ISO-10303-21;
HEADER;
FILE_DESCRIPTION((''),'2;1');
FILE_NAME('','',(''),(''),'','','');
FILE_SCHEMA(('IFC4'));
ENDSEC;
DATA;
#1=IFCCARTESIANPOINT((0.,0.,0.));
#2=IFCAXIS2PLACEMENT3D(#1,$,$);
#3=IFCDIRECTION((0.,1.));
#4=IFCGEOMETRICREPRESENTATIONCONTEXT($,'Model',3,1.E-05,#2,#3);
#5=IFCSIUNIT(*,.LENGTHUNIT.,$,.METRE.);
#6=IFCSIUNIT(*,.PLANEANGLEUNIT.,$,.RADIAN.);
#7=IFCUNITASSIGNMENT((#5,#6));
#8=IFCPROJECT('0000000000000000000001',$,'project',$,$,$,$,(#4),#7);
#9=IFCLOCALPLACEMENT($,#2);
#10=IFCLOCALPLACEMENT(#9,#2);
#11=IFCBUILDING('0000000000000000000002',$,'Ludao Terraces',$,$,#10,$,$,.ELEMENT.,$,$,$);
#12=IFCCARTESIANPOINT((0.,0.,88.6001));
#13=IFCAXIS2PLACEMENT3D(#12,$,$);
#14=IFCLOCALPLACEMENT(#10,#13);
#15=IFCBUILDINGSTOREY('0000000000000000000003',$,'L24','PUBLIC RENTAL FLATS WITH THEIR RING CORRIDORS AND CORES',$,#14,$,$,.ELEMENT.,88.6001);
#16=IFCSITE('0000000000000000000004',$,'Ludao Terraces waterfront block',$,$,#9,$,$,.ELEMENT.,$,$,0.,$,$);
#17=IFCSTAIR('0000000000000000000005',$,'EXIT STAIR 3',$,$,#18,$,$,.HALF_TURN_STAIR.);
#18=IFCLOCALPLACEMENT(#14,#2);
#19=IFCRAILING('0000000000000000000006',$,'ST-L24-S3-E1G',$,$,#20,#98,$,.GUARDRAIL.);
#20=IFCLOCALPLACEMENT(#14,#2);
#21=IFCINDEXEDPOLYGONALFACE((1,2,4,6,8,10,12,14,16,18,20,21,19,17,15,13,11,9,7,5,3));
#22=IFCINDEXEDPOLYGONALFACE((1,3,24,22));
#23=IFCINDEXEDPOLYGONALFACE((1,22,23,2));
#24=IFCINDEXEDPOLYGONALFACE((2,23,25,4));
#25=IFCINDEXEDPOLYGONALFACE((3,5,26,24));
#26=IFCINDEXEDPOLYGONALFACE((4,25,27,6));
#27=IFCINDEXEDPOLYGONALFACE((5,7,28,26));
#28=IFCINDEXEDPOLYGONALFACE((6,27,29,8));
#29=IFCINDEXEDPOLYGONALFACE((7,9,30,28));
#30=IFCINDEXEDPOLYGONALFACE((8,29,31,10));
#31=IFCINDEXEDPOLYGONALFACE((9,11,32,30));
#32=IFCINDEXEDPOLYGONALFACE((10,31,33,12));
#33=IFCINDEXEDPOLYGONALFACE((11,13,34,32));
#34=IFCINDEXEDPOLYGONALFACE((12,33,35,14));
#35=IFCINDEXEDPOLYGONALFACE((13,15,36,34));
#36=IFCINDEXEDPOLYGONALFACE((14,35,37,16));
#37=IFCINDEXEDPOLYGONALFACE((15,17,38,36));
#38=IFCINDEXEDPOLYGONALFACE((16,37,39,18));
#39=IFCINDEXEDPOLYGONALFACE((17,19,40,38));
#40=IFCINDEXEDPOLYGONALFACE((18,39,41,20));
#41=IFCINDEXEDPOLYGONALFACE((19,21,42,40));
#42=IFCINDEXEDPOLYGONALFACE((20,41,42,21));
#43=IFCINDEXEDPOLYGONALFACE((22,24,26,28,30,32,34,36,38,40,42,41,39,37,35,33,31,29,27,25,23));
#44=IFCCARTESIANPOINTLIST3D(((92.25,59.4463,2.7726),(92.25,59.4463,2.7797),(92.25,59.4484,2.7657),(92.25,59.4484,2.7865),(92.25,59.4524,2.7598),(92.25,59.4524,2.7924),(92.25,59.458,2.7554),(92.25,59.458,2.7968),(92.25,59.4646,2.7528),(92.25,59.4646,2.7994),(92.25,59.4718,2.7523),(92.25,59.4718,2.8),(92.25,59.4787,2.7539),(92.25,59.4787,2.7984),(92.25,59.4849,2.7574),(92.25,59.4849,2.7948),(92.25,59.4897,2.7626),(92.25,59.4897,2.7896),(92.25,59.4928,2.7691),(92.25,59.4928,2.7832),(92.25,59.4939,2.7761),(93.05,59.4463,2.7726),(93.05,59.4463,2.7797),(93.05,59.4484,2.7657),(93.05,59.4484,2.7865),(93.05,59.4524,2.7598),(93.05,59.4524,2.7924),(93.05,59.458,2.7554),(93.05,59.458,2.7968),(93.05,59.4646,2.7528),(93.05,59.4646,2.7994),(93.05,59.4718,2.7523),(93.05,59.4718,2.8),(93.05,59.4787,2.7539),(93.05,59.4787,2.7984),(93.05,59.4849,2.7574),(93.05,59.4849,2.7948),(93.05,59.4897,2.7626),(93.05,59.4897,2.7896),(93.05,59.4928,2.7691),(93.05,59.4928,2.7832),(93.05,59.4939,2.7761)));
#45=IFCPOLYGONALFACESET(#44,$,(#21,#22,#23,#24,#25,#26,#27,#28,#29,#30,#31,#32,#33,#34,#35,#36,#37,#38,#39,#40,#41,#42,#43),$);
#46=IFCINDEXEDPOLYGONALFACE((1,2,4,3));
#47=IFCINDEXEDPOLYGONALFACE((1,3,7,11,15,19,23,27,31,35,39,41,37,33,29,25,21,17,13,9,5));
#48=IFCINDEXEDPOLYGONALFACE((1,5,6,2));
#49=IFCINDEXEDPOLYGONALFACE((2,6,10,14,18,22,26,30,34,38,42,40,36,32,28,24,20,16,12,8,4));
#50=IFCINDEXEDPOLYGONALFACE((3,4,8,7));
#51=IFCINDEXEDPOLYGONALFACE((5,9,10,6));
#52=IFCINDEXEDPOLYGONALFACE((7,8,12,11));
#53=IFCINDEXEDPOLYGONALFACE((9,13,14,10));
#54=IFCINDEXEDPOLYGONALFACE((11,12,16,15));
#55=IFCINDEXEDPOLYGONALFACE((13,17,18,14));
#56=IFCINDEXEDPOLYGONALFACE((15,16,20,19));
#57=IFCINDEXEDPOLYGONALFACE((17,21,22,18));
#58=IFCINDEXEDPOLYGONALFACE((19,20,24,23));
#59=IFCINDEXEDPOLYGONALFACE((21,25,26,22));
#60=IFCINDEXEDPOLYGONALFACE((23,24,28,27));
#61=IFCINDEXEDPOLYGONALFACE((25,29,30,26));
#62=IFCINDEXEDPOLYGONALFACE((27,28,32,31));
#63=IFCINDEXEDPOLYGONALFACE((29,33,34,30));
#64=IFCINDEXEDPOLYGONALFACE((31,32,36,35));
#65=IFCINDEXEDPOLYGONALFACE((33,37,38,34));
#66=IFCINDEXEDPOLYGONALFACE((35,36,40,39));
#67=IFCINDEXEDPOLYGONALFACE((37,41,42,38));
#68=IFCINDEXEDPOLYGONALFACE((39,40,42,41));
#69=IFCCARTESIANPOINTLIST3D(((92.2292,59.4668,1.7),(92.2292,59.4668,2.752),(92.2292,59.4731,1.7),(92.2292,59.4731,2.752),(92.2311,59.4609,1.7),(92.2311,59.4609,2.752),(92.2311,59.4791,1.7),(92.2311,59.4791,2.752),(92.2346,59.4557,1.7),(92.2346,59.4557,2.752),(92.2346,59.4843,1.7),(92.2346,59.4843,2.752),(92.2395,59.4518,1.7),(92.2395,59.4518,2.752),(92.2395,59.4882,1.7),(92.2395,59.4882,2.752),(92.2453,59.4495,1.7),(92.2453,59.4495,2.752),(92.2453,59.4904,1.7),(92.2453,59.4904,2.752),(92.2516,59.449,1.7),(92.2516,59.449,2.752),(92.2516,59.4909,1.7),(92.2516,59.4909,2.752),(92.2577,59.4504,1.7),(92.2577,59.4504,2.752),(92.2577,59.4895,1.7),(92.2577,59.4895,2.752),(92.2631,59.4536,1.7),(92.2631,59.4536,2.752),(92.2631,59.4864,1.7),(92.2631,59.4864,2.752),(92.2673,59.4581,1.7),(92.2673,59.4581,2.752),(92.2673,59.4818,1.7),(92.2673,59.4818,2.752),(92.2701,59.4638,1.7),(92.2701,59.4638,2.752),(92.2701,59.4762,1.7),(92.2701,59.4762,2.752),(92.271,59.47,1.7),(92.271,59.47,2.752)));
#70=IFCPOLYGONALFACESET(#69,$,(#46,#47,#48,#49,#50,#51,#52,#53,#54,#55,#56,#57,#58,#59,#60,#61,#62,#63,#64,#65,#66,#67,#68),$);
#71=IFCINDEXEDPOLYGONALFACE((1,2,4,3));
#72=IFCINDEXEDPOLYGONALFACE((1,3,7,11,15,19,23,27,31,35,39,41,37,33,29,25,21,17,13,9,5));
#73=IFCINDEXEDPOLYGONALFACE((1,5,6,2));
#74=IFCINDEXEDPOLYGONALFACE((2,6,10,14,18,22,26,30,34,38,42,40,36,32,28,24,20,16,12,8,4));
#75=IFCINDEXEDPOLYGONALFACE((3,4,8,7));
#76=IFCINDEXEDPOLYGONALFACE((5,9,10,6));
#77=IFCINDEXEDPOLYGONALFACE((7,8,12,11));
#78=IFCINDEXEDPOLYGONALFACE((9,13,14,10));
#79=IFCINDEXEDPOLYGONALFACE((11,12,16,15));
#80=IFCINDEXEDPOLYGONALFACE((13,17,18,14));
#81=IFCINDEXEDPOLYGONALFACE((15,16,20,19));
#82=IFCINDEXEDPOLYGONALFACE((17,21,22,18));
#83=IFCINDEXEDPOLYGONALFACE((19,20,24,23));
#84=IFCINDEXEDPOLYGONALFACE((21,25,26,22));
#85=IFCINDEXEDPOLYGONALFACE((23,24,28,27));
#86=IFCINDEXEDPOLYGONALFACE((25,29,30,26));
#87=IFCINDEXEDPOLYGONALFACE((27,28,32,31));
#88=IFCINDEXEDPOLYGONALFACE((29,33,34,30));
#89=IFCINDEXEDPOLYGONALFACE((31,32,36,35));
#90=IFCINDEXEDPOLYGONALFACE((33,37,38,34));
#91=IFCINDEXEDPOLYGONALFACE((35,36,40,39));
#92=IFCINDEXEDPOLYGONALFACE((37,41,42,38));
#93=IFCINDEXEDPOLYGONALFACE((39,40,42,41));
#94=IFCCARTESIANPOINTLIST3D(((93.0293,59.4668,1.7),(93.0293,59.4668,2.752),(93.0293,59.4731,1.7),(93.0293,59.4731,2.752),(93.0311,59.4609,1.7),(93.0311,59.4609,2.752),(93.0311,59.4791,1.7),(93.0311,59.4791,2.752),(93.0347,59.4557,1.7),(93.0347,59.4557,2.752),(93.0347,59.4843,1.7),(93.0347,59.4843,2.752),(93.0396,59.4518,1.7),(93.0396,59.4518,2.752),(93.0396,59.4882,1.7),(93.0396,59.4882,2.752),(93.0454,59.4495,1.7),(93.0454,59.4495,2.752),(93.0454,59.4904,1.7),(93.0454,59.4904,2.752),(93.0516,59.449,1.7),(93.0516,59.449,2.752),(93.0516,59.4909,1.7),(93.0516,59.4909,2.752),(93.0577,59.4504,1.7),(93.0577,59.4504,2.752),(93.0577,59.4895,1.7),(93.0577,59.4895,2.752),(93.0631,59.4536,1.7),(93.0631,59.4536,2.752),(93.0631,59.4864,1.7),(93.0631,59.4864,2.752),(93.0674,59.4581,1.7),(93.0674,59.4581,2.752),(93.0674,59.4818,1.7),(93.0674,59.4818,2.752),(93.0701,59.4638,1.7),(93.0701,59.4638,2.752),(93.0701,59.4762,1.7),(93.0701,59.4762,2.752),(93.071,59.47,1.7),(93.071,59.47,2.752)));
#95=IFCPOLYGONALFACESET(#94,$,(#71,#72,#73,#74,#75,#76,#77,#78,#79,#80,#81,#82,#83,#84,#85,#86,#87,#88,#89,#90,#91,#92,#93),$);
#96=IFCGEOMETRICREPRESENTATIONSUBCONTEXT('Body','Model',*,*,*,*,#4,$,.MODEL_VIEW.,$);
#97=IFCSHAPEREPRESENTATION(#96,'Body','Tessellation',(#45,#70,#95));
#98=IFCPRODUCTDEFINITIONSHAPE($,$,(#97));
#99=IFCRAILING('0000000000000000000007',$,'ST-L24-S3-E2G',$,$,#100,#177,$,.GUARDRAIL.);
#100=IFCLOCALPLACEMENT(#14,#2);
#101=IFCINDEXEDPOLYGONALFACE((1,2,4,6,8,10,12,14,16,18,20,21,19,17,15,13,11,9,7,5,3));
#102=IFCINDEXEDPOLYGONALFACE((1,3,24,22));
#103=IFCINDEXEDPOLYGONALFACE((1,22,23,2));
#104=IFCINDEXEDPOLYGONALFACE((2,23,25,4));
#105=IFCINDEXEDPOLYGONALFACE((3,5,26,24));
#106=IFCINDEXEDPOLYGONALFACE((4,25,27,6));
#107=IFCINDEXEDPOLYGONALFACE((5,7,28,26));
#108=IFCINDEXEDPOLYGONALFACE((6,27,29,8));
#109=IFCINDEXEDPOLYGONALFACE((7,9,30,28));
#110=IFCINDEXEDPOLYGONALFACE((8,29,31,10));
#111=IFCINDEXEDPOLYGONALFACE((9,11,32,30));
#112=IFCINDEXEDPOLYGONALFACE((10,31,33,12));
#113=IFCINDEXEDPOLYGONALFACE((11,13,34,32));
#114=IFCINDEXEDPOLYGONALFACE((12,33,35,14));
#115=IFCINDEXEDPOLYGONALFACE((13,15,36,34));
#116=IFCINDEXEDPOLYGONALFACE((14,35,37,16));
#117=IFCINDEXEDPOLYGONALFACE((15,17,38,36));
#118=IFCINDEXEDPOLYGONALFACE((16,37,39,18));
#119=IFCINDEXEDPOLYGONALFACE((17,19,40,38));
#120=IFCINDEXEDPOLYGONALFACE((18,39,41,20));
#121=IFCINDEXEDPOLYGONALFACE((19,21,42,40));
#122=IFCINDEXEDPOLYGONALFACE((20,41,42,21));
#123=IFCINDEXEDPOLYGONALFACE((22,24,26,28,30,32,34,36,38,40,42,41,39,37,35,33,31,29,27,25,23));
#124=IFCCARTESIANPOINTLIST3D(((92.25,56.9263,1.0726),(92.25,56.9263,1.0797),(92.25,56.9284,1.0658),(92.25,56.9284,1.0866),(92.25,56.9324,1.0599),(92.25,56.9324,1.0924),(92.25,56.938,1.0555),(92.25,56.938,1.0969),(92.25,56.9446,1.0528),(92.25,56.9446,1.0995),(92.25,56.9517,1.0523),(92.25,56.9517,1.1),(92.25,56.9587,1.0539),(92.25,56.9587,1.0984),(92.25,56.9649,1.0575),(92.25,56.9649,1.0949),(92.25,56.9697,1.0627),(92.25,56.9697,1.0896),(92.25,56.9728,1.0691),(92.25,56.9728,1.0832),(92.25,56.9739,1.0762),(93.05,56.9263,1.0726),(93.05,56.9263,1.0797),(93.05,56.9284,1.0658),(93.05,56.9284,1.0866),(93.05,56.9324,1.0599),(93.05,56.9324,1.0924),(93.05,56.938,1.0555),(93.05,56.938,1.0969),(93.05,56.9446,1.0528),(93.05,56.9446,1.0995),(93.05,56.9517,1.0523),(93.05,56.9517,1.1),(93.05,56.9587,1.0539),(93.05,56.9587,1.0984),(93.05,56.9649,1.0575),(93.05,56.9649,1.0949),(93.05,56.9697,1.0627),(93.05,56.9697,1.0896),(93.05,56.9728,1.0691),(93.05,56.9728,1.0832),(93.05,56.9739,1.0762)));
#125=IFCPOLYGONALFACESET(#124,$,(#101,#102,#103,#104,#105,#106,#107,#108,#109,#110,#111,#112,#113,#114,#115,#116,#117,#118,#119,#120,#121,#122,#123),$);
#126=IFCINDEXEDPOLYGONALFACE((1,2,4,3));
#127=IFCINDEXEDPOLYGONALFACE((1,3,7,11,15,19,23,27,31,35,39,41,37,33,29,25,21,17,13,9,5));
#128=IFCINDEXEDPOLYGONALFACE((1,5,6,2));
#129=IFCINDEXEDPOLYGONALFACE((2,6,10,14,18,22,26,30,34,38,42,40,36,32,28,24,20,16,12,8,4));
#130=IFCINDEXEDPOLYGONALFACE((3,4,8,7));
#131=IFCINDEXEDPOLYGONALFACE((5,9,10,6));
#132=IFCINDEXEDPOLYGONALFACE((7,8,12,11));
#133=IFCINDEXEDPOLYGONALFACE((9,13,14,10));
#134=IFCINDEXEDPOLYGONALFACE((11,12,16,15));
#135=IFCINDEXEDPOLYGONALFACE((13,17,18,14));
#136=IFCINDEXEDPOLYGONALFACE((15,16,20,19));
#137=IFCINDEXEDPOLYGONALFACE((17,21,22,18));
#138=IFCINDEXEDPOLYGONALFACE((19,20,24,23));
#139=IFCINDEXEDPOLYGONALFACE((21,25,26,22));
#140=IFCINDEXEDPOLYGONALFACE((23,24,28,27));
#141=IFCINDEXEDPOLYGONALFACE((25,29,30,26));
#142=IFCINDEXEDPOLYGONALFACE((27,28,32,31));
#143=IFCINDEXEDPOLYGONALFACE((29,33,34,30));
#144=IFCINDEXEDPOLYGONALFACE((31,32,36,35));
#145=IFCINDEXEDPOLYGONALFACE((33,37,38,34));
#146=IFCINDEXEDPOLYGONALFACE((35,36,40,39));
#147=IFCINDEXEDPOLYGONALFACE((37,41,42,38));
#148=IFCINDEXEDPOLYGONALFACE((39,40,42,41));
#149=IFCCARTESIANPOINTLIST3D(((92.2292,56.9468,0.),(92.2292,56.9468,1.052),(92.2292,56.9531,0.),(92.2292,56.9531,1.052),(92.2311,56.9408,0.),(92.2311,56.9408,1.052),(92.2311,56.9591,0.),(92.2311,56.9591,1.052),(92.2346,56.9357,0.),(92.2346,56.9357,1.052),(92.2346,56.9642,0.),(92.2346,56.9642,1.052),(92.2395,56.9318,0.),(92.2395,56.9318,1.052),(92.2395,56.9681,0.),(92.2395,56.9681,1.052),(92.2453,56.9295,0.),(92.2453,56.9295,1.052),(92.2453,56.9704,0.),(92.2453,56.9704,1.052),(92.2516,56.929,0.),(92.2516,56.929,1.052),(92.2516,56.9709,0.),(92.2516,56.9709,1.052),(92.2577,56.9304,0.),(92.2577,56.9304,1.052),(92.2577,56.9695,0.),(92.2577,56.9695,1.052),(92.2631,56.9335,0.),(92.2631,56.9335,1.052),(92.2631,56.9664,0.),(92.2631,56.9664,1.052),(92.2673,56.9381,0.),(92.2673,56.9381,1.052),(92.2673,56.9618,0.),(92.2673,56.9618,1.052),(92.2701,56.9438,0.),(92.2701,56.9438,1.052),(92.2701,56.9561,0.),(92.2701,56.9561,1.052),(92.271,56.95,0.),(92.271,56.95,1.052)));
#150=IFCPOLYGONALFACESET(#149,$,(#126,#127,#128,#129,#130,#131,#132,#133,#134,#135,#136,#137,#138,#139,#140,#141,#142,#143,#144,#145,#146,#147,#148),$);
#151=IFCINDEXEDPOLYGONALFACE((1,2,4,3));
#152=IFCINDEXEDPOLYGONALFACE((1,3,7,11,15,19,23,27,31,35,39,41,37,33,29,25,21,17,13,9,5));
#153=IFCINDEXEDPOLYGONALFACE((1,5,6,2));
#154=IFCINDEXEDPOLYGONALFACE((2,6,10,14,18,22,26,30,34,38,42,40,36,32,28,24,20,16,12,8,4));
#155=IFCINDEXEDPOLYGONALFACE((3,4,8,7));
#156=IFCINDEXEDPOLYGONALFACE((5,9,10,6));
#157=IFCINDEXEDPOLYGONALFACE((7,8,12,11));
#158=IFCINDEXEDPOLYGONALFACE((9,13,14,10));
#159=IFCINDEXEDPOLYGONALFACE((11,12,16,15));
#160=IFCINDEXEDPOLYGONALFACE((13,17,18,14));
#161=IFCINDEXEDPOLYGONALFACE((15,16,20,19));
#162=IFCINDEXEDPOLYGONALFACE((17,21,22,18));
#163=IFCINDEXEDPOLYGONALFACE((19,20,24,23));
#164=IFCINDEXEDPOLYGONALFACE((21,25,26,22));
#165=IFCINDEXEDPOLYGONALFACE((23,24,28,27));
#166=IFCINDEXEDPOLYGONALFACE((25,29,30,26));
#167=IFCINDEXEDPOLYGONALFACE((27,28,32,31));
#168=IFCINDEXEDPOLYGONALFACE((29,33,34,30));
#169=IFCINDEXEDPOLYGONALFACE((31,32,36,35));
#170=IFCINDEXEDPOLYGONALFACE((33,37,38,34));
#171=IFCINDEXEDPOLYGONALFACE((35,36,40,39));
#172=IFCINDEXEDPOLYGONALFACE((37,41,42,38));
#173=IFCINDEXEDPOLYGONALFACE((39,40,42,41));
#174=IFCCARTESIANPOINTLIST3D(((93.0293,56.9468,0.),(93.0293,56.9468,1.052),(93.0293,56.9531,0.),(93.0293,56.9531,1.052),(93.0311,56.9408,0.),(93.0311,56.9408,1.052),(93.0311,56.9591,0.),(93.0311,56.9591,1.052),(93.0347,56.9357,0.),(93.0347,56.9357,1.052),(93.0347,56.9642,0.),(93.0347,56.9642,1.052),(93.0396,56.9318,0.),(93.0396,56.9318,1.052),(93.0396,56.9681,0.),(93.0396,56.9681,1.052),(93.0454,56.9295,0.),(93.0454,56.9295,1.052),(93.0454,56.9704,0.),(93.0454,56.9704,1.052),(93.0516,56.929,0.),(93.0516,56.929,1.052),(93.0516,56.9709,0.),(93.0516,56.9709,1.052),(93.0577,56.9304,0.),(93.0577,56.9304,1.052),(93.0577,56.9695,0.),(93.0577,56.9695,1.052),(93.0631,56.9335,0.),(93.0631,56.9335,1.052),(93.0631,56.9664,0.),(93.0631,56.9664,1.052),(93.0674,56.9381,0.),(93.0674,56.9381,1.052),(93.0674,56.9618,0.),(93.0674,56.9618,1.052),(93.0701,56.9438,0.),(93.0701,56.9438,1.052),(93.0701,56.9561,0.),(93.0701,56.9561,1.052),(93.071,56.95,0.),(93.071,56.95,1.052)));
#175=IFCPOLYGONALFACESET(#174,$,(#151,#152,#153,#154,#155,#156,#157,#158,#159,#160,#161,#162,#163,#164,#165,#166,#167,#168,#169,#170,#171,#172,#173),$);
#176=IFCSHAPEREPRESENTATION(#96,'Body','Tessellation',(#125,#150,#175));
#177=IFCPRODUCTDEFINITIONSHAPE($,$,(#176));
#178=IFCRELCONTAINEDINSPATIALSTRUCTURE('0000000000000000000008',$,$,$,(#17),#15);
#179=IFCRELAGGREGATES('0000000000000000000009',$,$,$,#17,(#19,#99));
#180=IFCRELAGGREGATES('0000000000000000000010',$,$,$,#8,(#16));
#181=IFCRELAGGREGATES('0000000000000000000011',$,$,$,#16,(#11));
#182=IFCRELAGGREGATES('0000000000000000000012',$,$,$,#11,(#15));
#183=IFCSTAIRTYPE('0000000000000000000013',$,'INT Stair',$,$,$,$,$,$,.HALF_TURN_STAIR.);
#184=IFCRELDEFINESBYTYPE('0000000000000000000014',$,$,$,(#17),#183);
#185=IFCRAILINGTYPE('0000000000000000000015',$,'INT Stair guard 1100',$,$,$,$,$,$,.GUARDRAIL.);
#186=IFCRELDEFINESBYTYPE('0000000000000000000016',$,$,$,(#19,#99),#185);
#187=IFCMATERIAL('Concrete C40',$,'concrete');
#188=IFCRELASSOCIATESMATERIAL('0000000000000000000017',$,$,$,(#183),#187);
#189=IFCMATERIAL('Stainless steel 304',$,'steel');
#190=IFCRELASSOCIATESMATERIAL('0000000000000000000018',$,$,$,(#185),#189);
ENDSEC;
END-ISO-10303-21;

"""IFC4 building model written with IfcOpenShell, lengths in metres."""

from ifc_helpers import new_model, si_unit, direction, frame, origin, origin_2d, place, context, subcontext, project, spatial, circle, extrude, material, type_object, element, aggregate, save


model = new_model("IFC4")

# Units and contexts
model_context = context("Model", 3, precision=1e-05, world=origin(), true_north=direction((0.0, 1.0)))
body_context = subcontext(model_context, "Body", "Model", "MODEL_VIEW")
ifc_project = project(units=[si_unit("LENGTHUNIT", "METRE"), si_unit("PLANEANGLEUNIT", "RADIAN")], contexts=[model_context])

# Site, building, storey
site_placement = place(None, origin())
site = spatial("IfcSite", under=ifc_project, at=site_placement, Name="Ludao Terraces waterfront block", CompositionType="ELEMENT", RefElevation=0.0)
building_placement = place(site_placement, origin())
building = spatial("IfcBuilding", under=site, at=building_placement, Name="Ludao Terraces", CompositionType="ELEMENT")
storey_placement = place(building_placement, frame((0.0, 0.0, 88.6001)))
storey = spatial("IfcBuildingStorey", under=building, at=storey_placement, Name="L24", Description="PUBLIC RENTAL FLATS WITH THEIR RING CORRIDORS AND CORES", CompositionType="ELEMENT", Elevation=88.6001)

# Shared definitions
ifc_material_1 = material(Name="Concrete C40", Category="concrete")

# Stair, railings
stair_type = type_object("IfcStairType", Name="INT Stair", PredefinedType="HALF_TURN_STAIR", material=ifc_material_1)
stair_placement = place(storey_placement, origin())
stair = element("IfcStair", 1, at=stair_placement, inside=storey, type_object=stair_type, Name="EXIT STAIR 3", PredefinedType="HALF_TURN_STAIR")
ifc_material_2 = material(Name="Stainless steel 304", Category="steel")
railing_type_1 = type_object("IfcRailingType", Name="INT Stair guard 1100", PredefinedType="GUARDRAIL", material=ifc_material_2)
railing_1_placement = place(storey_placement, frame((92.25, 59.47, 1.7)))
railing_1 = element("IfcRailing", 2, at=railing_1_placement, type_object=railing_type_1, Name="ST-L24-S3-E1G", PredefinedType="GUARDRAIL", context=body_context, shape_type="SweptSolid", body=[
    extrude(circle(Radius=0.0239, at=origin_2d()), frame((0.0, 0.0, 1.0762), z_axis=(1.0, 0.0, 0.0), x_axis=(0.0, 1.0, 0.0)), (0.0, 0.0, 1.0), 0.8),
    extrude(circle(Radius=0.021, at=origin_2d()), origin(), (0.0, 0.0, 1.0), 1.052),
    extrude(circle(Radius=0.021, at=origin_2d()), frame((0.8, 0.0, 0.0)), (0.0, 0.0, 1.0), 1.052),
])
railing_2_placement = place(storey_placement, frame((92.25, 56.95, 0.0)))
railing_2 = element("IfcRailing", 3, at=railing_2_placement, type_object=railing_type_1, Name="ST-L24-S3-E2G", PredefinedType="GUARDRAIL", context=body_context, shape_type="SweptSolid", body=[
    extrude(circle(Radius=0.0239, at=origin_2d()), frame((0.0, 0.0, 1.0762), z_axis=(1.0, 0.0, 0.0), x_axis=(0.0, 1.0, 0.0)), (0.0, 0.0, 1.0), 0.8),
    extrude(circle(Radius=0.021, at=origin_2d()), origin(), (0.0, 0.0, 1.0), 1.052),
    extrude(circle(Radius=0.021, at=origin_2d()), frame((0.8, 0.0, 0.0)), (0.0, 0.0, 1.0), 1.052),
])
aggregate(stair, [railing_1, railing_2])

save(model, "model.ifc")
